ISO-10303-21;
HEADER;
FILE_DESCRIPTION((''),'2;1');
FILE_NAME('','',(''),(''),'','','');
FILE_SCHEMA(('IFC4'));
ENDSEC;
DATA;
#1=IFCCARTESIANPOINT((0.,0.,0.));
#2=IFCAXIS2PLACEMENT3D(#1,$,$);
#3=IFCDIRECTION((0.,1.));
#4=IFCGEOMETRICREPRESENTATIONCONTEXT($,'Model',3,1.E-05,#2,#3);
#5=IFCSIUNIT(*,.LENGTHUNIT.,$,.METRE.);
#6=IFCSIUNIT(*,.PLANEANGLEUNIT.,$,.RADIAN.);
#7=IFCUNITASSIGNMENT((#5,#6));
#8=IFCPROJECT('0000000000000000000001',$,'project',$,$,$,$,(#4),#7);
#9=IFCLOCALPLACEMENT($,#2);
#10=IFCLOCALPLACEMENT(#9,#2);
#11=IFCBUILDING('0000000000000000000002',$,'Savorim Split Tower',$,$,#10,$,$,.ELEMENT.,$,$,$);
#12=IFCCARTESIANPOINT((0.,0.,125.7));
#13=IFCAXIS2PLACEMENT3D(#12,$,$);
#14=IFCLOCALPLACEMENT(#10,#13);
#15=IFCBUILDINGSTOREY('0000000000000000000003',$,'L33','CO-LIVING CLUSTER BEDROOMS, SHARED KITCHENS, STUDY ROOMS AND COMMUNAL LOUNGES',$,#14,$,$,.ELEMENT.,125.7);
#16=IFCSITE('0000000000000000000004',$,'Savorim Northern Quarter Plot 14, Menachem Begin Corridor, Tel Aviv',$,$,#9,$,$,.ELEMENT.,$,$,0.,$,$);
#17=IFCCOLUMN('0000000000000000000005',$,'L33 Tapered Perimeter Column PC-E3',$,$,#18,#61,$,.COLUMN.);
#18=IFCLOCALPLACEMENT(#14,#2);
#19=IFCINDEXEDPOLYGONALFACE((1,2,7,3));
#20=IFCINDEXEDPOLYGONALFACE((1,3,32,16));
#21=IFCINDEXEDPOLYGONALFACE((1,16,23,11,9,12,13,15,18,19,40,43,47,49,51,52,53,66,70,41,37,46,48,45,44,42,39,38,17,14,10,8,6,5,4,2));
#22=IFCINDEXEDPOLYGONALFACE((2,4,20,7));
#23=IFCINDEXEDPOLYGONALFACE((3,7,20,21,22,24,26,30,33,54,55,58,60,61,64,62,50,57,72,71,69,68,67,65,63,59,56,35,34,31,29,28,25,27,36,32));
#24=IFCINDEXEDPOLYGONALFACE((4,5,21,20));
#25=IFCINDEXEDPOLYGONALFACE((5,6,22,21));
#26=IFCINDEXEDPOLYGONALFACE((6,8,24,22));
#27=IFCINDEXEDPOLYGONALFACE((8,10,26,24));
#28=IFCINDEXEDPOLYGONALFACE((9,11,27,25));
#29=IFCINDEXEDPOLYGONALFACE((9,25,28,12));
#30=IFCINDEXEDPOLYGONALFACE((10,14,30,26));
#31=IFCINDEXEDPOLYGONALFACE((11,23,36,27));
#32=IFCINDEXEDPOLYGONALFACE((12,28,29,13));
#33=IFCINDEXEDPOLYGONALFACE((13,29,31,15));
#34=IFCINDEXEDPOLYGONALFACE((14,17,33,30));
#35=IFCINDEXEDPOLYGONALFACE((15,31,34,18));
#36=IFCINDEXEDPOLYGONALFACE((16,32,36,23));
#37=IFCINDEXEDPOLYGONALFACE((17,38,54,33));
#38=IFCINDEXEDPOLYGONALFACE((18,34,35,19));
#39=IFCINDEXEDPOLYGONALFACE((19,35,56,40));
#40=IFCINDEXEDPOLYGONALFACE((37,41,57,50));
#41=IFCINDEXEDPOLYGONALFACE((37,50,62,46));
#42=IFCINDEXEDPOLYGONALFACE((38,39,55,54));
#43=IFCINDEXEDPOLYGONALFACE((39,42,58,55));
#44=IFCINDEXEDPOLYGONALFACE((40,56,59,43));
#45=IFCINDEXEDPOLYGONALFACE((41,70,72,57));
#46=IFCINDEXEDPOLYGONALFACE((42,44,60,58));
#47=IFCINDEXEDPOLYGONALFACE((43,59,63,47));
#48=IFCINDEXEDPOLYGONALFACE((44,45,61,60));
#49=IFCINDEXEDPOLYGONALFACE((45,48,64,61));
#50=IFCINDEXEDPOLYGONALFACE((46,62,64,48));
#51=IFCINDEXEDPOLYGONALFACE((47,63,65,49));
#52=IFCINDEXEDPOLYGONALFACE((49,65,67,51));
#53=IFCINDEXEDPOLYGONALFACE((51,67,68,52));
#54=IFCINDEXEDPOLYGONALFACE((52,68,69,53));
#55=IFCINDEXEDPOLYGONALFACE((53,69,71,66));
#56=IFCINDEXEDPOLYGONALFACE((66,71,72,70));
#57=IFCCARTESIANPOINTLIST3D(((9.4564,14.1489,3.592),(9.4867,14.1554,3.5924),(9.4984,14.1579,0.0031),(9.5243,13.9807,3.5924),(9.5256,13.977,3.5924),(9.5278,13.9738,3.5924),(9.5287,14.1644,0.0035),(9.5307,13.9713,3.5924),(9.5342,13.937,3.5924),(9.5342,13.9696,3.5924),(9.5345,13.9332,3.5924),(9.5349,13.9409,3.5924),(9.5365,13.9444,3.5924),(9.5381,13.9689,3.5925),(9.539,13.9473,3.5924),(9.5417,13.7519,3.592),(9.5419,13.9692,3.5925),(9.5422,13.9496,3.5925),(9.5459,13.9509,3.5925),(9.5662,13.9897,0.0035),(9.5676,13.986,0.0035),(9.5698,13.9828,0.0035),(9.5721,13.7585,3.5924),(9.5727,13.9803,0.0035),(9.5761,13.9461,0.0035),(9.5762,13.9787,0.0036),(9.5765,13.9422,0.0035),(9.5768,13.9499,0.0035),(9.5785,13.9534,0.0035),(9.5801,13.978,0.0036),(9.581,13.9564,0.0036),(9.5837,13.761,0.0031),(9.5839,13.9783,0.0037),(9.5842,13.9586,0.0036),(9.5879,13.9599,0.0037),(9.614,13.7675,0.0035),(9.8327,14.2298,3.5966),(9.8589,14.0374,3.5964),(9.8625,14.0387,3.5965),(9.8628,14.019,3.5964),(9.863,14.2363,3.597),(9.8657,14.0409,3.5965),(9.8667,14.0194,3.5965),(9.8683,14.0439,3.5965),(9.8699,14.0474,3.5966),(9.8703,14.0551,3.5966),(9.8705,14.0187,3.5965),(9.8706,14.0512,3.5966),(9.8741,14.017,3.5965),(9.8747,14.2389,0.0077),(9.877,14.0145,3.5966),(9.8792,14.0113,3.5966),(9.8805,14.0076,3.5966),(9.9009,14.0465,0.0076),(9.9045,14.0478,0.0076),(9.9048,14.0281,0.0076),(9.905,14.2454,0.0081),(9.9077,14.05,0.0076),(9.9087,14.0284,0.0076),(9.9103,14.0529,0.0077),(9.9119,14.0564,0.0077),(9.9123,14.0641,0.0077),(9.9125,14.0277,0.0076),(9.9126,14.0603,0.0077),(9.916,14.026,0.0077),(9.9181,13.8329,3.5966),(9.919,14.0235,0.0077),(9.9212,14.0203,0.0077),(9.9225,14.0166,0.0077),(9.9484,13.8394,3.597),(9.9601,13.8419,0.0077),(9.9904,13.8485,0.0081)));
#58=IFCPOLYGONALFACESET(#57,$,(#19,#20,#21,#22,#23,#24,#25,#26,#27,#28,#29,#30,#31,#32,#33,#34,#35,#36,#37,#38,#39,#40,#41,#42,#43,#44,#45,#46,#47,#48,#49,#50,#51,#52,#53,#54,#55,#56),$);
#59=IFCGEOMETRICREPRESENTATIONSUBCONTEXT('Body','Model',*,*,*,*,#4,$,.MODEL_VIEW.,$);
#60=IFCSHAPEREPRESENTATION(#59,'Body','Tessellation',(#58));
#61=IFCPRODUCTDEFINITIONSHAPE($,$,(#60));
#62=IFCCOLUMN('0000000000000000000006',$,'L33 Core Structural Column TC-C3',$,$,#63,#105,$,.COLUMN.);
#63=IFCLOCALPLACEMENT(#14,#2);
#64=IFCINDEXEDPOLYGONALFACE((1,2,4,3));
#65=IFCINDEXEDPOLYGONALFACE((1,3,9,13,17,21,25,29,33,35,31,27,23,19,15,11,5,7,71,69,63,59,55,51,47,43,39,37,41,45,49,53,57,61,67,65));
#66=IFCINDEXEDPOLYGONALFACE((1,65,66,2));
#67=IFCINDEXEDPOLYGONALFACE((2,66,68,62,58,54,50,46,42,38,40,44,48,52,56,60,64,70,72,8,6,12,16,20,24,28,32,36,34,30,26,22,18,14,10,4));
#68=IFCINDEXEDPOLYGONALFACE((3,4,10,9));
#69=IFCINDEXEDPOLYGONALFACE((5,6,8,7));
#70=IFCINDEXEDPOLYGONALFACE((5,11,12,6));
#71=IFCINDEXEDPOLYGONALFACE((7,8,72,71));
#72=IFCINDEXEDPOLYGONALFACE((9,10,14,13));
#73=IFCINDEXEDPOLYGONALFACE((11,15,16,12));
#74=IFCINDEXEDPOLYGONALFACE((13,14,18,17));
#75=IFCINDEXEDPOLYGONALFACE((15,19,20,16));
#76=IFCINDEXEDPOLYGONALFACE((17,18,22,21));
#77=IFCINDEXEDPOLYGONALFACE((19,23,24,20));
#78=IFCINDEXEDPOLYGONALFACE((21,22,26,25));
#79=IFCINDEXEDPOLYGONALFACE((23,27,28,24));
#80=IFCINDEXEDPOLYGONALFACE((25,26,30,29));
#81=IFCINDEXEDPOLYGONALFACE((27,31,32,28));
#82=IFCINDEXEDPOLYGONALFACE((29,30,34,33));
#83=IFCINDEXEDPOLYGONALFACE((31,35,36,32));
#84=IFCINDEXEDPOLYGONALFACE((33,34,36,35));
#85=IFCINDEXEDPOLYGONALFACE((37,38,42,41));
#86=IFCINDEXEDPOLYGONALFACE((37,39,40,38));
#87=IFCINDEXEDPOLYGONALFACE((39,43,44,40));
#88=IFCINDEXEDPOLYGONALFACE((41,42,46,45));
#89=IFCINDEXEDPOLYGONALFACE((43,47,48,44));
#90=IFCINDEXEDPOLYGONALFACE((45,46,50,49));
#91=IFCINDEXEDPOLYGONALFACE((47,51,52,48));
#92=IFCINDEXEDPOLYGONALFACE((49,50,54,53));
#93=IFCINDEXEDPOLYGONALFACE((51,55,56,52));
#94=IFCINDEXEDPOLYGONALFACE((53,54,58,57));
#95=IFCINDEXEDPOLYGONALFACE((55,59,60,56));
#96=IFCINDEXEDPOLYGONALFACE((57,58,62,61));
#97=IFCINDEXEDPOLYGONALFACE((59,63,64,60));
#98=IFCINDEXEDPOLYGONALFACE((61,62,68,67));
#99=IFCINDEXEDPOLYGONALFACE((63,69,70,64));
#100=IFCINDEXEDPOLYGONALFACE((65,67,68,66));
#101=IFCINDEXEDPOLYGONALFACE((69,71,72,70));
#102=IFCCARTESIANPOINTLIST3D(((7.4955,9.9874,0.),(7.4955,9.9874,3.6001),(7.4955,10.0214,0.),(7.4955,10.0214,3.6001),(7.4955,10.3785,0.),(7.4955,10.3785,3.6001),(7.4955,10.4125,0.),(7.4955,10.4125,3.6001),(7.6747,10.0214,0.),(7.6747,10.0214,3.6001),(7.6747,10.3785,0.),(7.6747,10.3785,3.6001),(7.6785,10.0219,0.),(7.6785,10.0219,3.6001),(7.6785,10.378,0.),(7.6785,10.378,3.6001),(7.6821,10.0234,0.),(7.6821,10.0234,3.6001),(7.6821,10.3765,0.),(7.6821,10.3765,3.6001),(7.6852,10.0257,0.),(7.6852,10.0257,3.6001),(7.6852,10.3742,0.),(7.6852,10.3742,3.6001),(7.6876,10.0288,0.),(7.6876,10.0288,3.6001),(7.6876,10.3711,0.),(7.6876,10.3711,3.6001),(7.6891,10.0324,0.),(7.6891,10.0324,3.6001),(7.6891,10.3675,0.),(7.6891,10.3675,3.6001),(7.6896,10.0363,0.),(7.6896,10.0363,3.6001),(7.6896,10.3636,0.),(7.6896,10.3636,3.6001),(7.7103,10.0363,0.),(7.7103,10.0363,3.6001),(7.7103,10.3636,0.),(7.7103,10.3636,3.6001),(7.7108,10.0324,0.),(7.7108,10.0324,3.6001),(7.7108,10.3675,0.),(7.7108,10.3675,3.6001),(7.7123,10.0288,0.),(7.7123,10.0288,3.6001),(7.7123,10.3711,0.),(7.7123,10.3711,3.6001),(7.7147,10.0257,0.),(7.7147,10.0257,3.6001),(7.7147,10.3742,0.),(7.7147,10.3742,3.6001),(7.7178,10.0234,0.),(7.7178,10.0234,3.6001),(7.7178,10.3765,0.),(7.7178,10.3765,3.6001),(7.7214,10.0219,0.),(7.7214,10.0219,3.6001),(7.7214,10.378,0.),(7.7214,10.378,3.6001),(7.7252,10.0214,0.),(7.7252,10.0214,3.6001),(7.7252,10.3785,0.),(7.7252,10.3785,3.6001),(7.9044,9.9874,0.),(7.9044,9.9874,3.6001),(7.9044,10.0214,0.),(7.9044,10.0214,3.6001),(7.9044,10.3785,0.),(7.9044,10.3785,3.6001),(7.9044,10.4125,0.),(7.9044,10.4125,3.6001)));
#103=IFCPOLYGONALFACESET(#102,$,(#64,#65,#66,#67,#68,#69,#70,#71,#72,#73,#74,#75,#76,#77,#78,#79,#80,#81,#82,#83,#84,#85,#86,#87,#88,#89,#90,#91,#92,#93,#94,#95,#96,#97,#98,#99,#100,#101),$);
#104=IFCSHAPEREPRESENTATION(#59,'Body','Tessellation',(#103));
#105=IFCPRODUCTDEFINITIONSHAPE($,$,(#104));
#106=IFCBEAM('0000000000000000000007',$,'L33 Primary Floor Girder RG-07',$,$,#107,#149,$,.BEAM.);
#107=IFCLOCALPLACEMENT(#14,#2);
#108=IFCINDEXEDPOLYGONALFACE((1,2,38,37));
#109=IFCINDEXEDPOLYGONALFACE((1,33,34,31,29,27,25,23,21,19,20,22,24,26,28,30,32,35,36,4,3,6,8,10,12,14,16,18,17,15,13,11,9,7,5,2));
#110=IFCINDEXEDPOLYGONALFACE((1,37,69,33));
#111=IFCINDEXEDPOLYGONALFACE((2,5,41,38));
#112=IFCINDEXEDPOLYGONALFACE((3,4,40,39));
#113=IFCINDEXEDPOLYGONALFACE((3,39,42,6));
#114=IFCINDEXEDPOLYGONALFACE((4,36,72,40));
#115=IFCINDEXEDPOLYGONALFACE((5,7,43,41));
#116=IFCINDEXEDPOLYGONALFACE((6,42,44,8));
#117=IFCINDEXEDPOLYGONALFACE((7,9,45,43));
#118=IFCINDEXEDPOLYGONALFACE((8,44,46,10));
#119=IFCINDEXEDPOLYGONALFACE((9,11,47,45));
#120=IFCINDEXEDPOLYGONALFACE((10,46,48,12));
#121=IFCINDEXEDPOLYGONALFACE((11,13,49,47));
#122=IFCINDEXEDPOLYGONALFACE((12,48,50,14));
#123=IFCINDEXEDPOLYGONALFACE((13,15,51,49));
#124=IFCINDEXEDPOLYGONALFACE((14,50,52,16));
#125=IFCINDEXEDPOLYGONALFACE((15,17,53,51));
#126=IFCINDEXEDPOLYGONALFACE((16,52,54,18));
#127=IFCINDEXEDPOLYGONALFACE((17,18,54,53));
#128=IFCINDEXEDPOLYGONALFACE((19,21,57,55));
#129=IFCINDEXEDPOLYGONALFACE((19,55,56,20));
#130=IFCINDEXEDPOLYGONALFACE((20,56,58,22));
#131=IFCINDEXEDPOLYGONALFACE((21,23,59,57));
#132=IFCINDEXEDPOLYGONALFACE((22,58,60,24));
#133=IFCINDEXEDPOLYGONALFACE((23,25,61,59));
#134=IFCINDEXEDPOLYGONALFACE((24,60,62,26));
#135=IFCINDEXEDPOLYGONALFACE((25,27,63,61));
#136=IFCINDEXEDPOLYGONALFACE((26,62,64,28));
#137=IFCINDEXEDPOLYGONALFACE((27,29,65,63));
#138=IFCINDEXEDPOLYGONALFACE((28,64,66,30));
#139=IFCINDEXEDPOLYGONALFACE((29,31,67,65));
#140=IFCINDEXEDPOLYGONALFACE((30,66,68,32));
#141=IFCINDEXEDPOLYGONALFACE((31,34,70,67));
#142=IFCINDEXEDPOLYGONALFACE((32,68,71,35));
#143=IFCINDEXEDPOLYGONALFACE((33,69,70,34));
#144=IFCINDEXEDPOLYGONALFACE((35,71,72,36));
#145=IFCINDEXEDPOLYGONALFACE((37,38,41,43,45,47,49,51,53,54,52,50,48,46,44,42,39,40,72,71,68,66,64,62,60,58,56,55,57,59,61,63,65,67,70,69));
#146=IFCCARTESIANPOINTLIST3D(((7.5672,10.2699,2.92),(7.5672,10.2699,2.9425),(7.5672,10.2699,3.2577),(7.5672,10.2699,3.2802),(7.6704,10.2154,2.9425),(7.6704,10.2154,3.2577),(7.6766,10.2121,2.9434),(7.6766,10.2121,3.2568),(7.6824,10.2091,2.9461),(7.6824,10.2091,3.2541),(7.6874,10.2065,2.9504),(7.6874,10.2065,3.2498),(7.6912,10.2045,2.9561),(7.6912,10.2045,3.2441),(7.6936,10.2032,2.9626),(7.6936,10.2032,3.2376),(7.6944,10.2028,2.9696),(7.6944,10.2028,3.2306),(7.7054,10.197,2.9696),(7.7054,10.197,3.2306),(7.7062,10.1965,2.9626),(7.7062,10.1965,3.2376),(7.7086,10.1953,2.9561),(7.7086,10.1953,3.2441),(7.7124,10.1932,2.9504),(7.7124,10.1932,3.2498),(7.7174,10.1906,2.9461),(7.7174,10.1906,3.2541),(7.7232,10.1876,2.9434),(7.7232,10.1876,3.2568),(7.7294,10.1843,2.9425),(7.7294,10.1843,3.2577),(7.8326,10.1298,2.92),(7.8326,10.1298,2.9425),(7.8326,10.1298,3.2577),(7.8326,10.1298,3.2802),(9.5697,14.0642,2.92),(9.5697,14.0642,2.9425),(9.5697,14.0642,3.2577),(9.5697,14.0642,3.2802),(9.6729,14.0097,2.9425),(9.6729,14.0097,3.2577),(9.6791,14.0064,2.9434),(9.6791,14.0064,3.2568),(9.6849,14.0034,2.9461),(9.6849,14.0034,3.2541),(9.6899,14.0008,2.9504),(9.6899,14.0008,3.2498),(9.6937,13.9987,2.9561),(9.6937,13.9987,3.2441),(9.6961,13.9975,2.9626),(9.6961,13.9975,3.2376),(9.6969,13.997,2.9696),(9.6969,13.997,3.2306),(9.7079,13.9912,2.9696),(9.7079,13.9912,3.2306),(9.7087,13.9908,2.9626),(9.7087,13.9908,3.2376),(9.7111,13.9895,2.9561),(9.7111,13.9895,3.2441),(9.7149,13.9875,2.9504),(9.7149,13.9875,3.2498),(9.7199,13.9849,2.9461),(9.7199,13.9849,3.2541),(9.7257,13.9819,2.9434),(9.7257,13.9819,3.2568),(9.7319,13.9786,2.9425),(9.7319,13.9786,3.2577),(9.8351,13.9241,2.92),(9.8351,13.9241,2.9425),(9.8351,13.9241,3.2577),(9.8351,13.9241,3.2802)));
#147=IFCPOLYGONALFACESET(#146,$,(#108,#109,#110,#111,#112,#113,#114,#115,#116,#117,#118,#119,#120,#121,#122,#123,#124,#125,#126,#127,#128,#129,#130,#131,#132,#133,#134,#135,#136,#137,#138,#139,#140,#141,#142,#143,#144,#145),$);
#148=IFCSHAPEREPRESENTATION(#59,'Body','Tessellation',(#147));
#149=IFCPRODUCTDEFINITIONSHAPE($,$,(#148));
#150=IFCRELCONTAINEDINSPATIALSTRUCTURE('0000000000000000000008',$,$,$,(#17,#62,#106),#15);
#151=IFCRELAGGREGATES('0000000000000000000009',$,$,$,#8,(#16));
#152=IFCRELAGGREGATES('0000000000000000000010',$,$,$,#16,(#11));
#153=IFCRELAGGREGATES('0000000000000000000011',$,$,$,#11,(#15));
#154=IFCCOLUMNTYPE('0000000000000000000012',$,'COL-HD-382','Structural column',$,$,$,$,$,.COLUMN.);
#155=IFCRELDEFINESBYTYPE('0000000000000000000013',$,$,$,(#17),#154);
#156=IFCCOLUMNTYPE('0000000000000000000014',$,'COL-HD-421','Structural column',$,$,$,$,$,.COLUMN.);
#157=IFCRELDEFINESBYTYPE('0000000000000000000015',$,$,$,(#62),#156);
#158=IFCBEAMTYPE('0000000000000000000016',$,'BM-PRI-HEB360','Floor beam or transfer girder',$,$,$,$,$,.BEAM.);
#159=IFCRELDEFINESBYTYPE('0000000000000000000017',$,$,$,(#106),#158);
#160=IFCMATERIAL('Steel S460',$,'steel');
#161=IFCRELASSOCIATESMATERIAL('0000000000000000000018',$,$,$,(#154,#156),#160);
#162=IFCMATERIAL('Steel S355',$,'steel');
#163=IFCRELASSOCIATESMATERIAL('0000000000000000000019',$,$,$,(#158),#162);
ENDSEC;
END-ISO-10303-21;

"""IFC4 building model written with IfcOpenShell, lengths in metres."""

from ifc_helpers import new_model, si_unit, direction, frame, origin, origin_2d, place, context, subcontext, project, spatial, i_section, extrude, material, material_profile, profile_set, type_object, element, save


model = new_model("IFC4")

# Units and contexts
model_context = context("Model", 3, precision=1e-05, world=origin(), true_north=direction((0.0, 1.0)))
body_context = subcontext(model_context, "Body", "Model", "MODEL_VIEW")
ifc_project = project(units=[si_unit("LENGTHUNIT", "METRE"), si_unit("PLANEANGLEUNIT", "RADIAN")], contexts=[model_context])

# Site, building, storey
site_placement = place(None, origin())
site = spatial("IfcSite", under=ifc_project, at=site_placement, Name="Savorim Northern Quarter Plot 14, Menachem Begin Corridor, Tel Aviv", CompositionType="ELEMENT", RefElevation=0.0)
building_placement = place(site_placement, origin())
building = spatial("IfcBuilding", under=site, at=building_placement, Name="Savorim Split Tower", CompositionType="ELEMENT")
storey_placement = place(building_placement, frame((0.0, 0.0, 125.7)))
storey = spatial("IfcBuildingStorey", under=building, at=storey_placement, Name="L33", Description="CO-LIVING CLUSTER BEDROOMS, SHARED KITCHENS, STUDY ROOMS AND COMMUNAL LOUNGES", CompositionType="ELEMENT", Elevation=125.7)

# Columns
ifc_material_1 = material(Name="Steel S460", Category="steel")
ifc_material_profile_1 = material_profile(ifc_material_1, i_section(OverallWidth=0.406, OverallDepth=0.416, WebThickness=0.0188, FlangeThickness=0.031, FilletRadius=0.0149, at=origin_2d()), Name="HD 400x382")
ifc_profile_set_1 = profile_set([ifc_material_profile_1], Name="Steel S460")
column_type_1 = type_object("IfcColumnType", Name="COL-HD-382", Description="Structural column", PredefinedType="COLUMN", material=ifc_profile_set_1)
column_1_placement = place(storey_placement, frame((9.7444, 14.0032, 0.0056), z_axis=(-0.0117, -0.002517, 0.999928), x_axis=(0.210305, -0.977636, 0.0)))
element("IfcColumn", 1, at=column_1_placement, inside=storey, type_object=column_type_1, Name="L33 Tapered Perimeter Column PC-E3", PredefinedType="COLUMN", context=body_context, shape_type="SweptSolid", body=[
    extrude(i_section(OverallWidth=0.406, OverallDepth=0.416, WebThickness=0.0188, FlangeThickness=0.031, FilletRadius=0.0149, at=origin_2d()), origin(), (0.0, 0.0, 1.0), 3.5891),
])
ifc_material_profile_2 = material_profile(ifc_material_1, i_section(OverallWidth=0.4089, OverallDepth=0.425, WebThickness=0.0208, FlangeThickness=0.0339, FilletRadius=0.0149, at=origin_2d()), Name="HD 400x421")
ifc_profile_set_2 = profile_set([ifc_material_profile_2], Name="Steel S460")
column_type_2 = type_object("IfcColumnType", Name="COL-HD-421", Description="Structural column", PredefinedType="COLUMN", material=ifc_profile_set_2)
column_2_placement = place(storey_placement, frame((7.7, 10.2, 0.0), z_axis=(0.0, 0.0, 1.0), x_axis=(1.0, 0.0, 0.0)))
element("IfcColumn", 2, at=column_2_placement, inside=storey, type_object=column_type_2, Name="L33 Core Structural Column TC-C3", PredefinedType="COLUMN", context=body_context, shape_type="SweptSolid", body=[
    extrude(i_section(OverallWidth=0.4089, OverallDepth=0.425, WebThickness=0.0208, FlangeThickness=0.0339, FilletRadius=0.0149, at=origin_2d()), origin(), (0.0, 0.0, 1.0), 3.6001),
])

# Beam
ifc_material_2 = material(Name="Steel S355", Category="steel")
ifc_material_profile_3 = material_profile(ifc_material_2, i_section(OverallWidth=0.3, OverallDepth=0.3601, WebThickness=0.0125, FlangeThickness=0.0225, FilletRadius=0.0271, at=origin_2d()), Name="HEB 360")
ifc_profile_set_3 = profile_set([ifc_material_profile_3], Name="Steel S355")
beam_type_1 = type_object("IfcBeamType", Name="BM-PRI-HEB360", Description="Floor beam or transfer girder", PredefinedType="BEAM", material=ifc_profile_set_3)
beam_1_placement = place(storey_placement, frame((9.7024, 13.9941, 3.1001), z_axis=(-0.46675, -0.884389, 0.0), x_axis=(0.884389, -0.46675, 0.0)))
element("IfcBeam", 3, at=beam_1_placement, inside=storey, type_object=beam_type_1, Name="L33 Primary Floor Girder RG-07", PredefinedType="BEAM", context=body_context, shape_type="SweptSolid", body=[
    extrude(i_section(OverallWidth=0.3, OverallDepth=0.3601, WebThickness=0.0125, FlangeThickness=0.0225, FilletRadius=0.0271, at=origin_2d()), origin(), (0.0, 0.0, 1.0), 4.2903),
])

save(model, "model.ifc")
